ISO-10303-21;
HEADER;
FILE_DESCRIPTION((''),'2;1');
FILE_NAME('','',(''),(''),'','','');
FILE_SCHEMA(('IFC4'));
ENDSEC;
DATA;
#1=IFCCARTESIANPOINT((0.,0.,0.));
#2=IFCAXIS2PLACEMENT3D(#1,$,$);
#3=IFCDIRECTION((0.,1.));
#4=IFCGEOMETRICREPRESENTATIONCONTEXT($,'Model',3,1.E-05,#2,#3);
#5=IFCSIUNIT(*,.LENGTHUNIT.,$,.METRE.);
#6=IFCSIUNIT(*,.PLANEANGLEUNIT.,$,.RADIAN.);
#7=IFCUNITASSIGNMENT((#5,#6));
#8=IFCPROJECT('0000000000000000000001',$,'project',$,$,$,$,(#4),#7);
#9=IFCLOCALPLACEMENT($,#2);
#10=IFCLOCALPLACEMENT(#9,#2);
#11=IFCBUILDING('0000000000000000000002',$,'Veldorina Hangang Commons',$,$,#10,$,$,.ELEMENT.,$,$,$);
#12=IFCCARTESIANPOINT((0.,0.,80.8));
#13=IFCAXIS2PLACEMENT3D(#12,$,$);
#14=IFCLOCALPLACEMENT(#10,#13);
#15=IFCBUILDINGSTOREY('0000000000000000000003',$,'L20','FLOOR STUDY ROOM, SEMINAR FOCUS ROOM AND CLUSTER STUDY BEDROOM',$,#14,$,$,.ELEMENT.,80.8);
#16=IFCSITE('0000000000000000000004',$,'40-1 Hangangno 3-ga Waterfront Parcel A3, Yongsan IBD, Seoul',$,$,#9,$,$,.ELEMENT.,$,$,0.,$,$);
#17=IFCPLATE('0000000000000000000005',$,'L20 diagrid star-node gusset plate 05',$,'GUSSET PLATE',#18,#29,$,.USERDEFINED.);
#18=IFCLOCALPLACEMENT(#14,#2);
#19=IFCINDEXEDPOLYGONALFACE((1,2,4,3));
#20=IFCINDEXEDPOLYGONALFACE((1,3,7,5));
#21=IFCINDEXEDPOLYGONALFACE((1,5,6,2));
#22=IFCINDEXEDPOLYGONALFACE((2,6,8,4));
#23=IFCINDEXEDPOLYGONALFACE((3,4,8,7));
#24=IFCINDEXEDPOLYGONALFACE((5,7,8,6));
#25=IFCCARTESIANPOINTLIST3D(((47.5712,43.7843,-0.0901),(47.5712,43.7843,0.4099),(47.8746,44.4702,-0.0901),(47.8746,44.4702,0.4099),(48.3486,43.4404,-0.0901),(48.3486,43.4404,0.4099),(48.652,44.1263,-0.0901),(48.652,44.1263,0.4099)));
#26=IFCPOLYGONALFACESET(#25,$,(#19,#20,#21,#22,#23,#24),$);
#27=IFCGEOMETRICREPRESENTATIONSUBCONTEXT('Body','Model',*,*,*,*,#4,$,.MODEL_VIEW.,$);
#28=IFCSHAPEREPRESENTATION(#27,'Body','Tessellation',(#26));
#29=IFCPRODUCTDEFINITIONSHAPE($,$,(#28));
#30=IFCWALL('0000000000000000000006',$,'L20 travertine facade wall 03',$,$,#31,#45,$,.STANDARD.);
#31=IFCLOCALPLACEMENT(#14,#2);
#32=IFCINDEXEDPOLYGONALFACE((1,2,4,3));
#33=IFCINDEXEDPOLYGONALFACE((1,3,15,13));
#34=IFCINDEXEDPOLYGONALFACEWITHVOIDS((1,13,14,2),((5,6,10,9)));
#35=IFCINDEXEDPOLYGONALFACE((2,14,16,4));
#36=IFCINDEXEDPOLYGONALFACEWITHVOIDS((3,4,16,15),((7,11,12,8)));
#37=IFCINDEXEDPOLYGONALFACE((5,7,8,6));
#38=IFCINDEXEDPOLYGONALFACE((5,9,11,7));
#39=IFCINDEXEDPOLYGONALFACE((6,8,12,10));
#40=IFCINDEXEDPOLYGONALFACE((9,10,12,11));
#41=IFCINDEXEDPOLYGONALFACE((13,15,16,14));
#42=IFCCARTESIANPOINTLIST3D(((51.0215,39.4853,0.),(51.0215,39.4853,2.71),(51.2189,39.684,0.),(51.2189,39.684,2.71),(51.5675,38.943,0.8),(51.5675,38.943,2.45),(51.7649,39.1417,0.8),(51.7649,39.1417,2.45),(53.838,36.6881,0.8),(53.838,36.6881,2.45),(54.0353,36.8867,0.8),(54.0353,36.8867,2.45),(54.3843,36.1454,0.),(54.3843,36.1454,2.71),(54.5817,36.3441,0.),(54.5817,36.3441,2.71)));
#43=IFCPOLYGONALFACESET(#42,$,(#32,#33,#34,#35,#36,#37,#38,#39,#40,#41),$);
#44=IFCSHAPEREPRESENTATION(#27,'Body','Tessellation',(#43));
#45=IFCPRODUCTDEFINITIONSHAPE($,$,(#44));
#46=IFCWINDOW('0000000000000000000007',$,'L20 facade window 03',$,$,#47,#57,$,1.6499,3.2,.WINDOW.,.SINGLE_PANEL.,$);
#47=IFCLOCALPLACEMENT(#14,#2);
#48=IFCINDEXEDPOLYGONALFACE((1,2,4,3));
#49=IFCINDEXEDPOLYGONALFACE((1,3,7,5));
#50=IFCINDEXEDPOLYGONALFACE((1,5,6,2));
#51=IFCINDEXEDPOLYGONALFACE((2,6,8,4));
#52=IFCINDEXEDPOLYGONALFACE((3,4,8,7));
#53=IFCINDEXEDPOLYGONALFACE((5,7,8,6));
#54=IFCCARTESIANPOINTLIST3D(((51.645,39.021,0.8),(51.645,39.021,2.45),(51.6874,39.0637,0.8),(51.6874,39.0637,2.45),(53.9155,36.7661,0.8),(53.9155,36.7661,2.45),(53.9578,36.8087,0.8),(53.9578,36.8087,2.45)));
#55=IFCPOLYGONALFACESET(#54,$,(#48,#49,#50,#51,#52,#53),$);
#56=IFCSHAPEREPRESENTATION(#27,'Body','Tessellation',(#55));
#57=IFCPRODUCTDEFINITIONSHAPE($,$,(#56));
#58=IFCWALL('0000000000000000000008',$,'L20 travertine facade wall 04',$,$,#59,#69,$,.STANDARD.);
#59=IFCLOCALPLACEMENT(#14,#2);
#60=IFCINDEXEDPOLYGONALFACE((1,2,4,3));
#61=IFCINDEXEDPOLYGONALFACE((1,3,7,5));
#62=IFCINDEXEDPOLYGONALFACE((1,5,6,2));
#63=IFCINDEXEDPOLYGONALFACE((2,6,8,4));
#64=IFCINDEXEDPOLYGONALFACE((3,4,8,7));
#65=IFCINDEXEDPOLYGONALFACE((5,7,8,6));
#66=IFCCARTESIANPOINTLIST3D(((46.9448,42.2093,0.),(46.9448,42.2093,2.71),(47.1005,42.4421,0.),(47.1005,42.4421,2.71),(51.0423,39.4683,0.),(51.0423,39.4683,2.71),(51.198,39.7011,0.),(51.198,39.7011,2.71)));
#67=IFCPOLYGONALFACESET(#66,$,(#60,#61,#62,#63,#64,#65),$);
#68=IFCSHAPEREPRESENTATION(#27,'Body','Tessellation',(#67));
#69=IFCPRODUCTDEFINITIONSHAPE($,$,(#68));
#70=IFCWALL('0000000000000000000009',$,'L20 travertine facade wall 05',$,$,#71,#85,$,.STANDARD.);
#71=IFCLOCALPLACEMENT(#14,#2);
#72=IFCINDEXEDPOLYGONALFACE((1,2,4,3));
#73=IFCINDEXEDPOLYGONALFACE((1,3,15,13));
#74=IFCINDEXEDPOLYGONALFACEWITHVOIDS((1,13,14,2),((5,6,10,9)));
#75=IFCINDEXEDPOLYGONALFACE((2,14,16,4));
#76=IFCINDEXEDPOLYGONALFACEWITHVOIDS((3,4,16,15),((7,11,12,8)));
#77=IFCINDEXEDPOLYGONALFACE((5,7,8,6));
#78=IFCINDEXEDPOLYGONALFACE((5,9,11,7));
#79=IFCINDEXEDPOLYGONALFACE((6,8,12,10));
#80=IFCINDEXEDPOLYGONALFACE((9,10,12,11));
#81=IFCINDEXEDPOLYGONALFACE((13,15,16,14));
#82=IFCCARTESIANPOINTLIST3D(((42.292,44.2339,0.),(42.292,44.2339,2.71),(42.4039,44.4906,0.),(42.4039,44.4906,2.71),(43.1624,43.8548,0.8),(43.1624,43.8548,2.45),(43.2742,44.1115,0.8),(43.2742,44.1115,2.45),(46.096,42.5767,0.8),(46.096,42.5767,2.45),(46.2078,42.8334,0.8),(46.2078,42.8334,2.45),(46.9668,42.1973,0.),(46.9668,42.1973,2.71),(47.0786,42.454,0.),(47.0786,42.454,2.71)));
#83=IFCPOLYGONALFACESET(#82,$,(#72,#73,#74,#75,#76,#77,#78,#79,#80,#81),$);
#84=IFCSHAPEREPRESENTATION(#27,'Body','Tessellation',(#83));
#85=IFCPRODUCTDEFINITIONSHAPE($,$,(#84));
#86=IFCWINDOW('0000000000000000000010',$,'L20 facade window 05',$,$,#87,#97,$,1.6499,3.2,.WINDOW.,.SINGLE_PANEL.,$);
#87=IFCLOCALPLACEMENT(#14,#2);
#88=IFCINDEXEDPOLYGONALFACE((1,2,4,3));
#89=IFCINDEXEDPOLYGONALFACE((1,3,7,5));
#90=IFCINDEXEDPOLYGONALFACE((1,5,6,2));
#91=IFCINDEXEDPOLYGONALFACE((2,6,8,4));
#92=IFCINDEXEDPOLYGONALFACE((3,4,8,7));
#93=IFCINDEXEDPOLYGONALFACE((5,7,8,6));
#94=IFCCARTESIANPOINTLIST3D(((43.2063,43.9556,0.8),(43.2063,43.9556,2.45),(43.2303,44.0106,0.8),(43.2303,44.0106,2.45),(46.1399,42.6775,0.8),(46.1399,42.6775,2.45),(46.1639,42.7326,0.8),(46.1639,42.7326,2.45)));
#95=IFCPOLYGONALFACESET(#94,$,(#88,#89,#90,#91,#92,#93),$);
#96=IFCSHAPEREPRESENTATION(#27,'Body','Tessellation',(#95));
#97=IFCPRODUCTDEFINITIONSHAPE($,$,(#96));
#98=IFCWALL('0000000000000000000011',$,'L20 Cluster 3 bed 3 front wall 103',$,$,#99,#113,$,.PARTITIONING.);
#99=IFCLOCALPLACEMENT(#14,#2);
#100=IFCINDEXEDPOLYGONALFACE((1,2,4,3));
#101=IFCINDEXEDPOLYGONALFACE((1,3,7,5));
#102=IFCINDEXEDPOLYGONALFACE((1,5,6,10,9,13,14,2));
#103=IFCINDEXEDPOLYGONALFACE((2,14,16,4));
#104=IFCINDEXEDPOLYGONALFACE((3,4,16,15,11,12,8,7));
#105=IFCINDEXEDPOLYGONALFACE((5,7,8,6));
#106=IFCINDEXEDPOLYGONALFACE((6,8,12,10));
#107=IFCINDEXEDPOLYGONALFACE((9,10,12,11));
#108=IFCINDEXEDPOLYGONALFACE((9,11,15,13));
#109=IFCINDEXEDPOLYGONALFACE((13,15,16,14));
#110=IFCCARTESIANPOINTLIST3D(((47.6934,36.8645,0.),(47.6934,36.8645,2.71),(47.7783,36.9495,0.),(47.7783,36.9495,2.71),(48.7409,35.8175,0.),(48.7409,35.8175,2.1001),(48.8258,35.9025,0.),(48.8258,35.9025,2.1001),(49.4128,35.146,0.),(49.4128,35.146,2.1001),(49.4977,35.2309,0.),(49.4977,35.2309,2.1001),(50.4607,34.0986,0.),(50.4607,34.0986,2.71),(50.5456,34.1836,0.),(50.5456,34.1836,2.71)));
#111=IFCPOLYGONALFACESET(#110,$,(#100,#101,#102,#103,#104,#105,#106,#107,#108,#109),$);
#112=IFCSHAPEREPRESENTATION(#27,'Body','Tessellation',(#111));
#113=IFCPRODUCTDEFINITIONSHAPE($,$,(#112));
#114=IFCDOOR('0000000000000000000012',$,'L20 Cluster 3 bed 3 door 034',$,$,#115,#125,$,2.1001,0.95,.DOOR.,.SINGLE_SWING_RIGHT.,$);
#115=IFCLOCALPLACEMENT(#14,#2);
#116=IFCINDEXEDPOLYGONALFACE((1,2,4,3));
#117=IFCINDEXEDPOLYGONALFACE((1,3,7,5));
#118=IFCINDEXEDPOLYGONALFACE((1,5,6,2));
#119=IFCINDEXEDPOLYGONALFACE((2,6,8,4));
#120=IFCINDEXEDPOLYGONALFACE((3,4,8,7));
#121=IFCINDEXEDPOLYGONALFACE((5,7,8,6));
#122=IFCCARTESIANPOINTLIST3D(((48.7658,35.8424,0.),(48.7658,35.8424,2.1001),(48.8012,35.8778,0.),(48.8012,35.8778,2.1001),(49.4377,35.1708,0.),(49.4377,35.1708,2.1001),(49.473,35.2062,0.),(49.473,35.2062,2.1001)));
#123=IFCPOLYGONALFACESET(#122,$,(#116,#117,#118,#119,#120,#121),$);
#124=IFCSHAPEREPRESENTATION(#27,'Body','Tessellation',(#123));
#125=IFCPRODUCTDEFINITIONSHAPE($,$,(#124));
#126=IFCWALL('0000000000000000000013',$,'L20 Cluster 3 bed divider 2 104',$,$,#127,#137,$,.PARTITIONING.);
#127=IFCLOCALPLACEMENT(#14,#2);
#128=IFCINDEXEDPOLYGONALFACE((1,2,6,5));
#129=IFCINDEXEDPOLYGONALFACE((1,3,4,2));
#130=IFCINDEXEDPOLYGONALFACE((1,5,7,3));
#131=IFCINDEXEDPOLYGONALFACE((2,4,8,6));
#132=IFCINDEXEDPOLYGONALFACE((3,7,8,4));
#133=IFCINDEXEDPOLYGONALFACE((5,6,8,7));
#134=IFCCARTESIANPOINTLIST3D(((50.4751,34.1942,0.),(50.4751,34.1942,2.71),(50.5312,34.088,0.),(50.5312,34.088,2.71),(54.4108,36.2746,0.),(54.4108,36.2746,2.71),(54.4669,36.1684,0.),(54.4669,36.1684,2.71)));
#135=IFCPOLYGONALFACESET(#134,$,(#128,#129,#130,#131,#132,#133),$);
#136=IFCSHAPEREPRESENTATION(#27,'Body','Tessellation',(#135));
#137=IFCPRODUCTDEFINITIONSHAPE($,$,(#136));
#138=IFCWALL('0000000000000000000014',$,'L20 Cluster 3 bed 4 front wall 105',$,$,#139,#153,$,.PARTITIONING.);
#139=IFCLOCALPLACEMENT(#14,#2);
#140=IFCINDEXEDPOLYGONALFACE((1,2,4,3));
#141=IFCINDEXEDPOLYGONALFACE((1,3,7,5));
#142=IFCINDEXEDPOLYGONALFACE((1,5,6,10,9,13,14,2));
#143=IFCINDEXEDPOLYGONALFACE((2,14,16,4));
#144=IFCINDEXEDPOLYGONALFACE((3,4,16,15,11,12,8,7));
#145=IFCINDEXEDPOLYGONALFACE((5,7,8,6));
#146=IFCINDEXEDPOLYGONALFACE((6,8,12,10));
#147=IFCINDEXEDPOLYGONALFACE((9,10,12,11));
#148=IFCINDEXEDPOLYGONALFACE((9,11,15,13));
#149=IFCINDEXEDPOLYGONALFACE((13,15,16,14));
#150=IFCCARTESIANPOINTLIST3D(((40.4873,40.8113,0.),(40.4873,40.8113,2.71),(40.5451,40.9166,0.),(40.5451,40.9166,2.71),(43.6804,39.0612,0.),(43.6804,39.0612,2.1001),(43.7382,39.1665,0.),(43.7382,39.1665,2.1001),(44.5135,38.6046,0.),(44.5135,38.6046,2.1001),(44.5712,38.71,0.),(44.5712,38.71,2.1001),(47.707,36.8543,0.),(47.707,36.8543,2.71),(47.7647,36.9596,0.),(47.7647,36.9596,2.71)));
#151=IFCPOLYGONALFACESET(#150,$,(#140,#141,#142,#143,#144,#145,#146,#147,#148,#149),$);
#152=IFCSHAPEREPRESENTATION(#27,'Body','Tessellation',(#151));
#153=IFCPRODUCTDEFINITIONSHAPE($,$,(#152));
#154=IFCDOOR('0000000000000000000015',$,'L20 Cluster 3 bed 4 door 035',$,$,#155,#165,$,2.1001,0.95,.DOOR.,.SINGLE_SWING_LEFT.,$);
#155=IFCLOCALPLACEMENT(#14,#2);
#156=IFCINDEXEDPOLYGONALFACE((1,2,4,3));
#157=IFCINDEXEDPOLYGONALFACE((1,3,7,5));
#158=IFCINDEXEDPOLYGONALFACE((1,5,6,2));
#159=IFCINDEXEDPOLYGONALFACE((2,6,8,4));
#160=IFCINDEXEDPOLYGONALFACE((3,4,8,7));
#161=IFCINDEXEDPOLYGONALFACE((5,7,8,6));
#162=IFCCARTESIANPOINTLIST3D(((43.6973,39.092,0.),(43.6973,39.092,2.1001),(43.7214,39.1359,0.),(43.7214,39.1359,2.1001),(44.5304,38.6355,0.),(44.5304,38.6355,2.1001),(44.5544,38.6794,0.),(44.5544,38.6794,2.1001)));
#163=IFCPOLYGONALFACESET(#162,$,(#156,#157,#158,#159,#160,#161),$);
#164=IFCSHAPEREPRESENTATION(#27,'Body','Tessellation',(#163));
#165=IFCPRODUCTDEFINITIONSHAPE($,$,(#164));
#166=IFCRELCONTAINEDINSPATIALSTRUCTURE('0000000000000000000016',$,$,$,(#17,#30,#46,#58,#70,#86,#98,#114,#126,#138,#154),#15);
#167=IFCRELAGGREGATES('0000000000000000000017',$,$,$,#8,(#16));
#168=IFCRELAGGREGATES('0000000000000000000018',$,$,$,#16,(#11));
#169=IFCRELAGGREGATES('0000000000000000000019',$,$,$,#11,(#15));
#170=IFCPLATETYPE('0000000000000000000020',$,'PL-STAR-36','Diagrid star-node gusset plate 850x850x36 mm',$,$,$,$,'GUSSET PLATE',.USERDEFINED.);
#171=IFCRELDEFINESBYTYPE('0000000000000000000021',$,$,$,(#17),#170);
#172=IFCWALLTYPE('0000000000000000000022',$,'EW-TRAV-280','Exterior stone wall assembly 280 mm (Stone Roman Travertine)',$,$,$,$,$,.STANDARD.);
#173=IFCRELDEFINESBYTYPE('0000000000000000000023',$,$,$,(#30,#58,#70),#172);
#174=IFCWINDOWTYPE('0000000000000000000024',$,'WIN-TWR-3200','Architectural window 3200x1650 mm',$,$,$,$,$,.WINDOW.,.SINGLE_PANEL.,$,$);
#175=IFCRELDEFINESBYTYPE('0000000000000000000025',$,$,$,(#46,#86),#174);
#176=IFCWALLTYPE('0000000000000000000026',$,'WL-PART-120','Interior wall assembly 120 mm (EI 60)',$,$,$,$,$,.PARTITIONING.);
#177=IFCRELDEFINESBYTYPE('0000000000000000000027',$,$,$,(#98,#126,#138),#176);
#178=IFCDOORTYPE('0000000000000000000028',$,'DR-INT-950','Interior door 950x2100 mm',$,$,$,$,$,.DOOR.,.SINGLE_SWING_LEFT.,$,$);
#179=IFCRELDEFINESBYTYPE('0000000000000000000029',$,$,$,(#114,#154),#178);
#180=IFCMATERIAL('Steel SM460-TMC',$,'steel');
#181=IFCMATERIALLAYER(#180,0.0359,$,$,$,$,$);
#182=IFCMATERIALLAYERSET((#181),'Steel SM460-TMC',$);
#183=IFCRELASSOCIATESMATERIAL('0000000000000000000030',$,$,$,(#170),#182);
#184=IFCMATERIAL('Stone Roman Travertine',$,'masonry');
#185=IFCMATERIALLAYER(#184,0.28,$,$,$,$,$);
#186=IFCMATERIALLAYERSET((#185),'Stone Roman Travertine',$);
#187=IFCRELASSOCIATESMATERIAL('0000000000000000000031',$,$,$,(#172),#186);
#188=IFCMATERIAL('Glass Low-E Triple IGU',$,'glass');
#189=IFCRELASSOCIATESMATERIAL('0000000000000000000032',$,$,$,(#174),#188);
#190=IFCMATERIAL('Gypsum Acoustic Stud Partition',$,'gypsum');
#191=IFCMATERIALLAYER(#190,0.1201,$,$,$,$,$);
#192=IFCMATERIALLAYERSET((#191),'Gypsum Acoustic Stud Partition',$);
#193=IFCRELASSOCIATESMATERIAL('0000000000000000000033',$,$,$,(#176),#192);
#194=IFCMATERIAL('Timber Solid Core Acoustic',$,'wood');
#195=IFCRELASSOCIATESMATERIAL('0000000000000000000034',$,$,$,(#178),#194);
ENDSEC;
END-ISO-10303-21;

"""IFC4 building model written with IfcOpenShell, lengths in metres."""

from ifc_helpers import new_model, si_unit, direction, frame, frame_2d, origin, origin_2d, place, context, subcontext, project, spatial, rectangle, extrude, material, layer, layer_set, type_object, element, fill, save


model = new_model("IFC4")

# Units and contexts
model_context = context("Model", 3, precision=1e-05, world=origin(), true_north=direction((0.0, 1.0)))
body_context = subcontext(model_context, "Body", "Model", "MODEL_VIEW")
ifc_project = project(units=[si_unit("LENGTHUNIT", "METRE"), si_unit("PLANEANGLEUNIT", "RADIAN")], contexts=[model_context])

# Site, building, storey
site_placement = place(None, origin())
site = spatial("IfcSite", under=ifc_project, at=site_placement, Name="40-1 Hangangno 3-ga Waterfront Parcel A3, Yongsan IBD, Seoul", CompositionType="ELEMENT", RefElevation=0.0)
building_placement = place(site_placement, origin())
building = spatial("IfcBuilding", under=site, at=building_placement, Name="Veldorina Hangang Commons", CompositionType="ELEMENT")
storey_placement = place(building_placement, frame((0.0, 0.0, 80.8)))
storey = spatial("IfcBuildingStorey", under=building, at=storey_placement, Name="L20", Description="FLOOR STUDY ROOM, SEMINAR FOCUS ROOM AND CLUSTER STUDY BEDROOM", CompositionType="ELEMENT", Elevation=80.8)

# Shared definitions
ifc_material_1 = material(Name="Steel SM460-TMC", Category="steel")

# Plate
ifc_layer_1 = layer(ifc_material_1, 0.0359)
ifc_layer_set_1 = layer_set([ifc_layer_1], Name="Steel SM460-TMC")
plate_type = type_object("IfcPlateType", Name="PL-STAR-36", Description="Diagrid star-node gusset plate 850x850x36 mm", ElementType="GUSSET PLATE", PredefinedType="USERDEFINED", material=ifc_layer_set_1)
plate_1_placement = place(storey_placement, frame((48.1116, 43.9553, -0.0901), z_axis=(0.0, 0.0, 1.0), x_axis=(-0.914522, 0.404535, 0.0)))
element("IfcPlate", 1, at=plate_1_placement, inside=storey, type_object=plate_type, Name="L20 diagrid star-node gusset plate 05", ObjectType="GUSSET PLATE", PredefinedType="USERDEFINED", context=body_context, shape_type="SweptSolid", body=[
    extrude(rectangle(XDim=0.8501, YDim=0.75, at=origin_2d()), origin(), (0.0, 0.0, 1.0), 0.5),
])

# Wall, opening, window
ifc_material_2 = material(Name="Stone Roman Travertine", Category="masonry")
ifc_layer_2 = layer(ifc_material_2, 0.28)
ifc_layer_set_2 = layer_set([ifc_layer_2], Name="Stone Roman Travertine")
wall_type_1 = type_object("IfcWallType", Name="EW-TRAV-280", Description="Exterior stone wall assembly 280 mm (Stone Roman Travertine)", PredefinedType="STANDARD", material=ifc_layer_set_2)
wall_1_placement = place(storey_placement, frame((54.4829, 36.2449, 0.0), z_axis=(0.0, 0.0, 1.0), x_axis=(-0.709524, 0.704682, 0.0)))
wall_1 = element("IfcWall", 2, at=wall_1_placement, inside=storey, type_object=wall_type_1, Name="L20 travertine facade wall 03", PredefinedType="STANDARD", context=body_context, shape_type="SweptSolid", body=[
    extrude(rectangle(XDim=4.7395, YDim=0.28, at=frame_2d((2.3696, 0.0))), origin(), (0.0, 0.0, 1.0), 2.71),
])
opening_1_placement = place(wall_1_placement, frame((0.7698, 0.0, 0.8)))
opening_1 = element("IfcOpeningElement", 3, at=opening_1_placement, cuts=wall_1, PredefinedType="OPENING", context=body_context, shape_type="SweptSolid", body=[
    extrude(rectangle(XDim=3.2, YDim=1.6499, at=frame_2d((1.6001, 0.825))), frame((0.0, 0.1499, 0.0), z_axis=(0.0, -1.0, 0.0), x_axis=(1.0, 0.0, 0.0)), (0.0, 0.0, 1.0), 0.3),
])
ifc_material_3 = material(Name="Glass Low-E Triple IGU", Category="glass")
window_type = type_object("IfcWindowType", Name="WIN-TWR-3200", Description="Architectural window 3200x1650 mm", PartitioningType="SINGLE_PANEL", PredefinedType="WINDOW", material=ifc_material_3)
window_1_placement = place(opening_1_placement, origin())
window_1 = element("IfcWindow", 4, at=window_1_placement, inside=storey, type_object=window_type, Name="L20 facade window 03", OverallHeight=1.6499, OverallWidth=3.2, PartitioningType="SINGLE_PANEL", PredefinedType="WINDOW", context=body_context, shape_type="SweptSolid", body=[
    extrude(rectangle(XDim=3.2, YDim=1.6499, at=frame_2d((1.6001, 0.825))), frame((0.0, 0.03, 0.0), z_axis=(0.0, -1.0, 0.0), x_axis=(1.0, 0.0, 0.0)), (0.0, 0.0, 1.0), 0.0601),
])
fill(opening_1, window_1)

# Wall
wall_2_placement = place(storey_placement, frame((51.1201, 39.5847, 0.0), z_axis=(0.0, 0.0, 1.0), x_axis=(-0.831173, 0.556014, 0.0)))
element("IfcWall", 5, at=wall_2_placement, inside=storey, type_object=wall_type_1, Name="L20 travertine facade wall 04", PredefinedType="STANDARD", context=body_context, shape_type="SweptSolid", body=[
    extrude(rectangle(XDim=4.9297, YDim=0.28, at=frame_2d((2.4648, 0.0))), origin(), (0.0, 0.0, 1.0), 2.71),
])

# Wall, opening, window
wall_3_placement = place(storey_placement, frame((47.0227, 42.3257, 0.0), z_axis=(0.0, 0.0, 1.0), x_axis=(-0.916776, 0.399402, 0.0)))
wall_3 = element("IfcWall", 6, at=wall_3_placement, inside=storey, type_object=wall_type_1, Name="L20 travertine facade wall 05", PredefinedType="STANDARD", context=body_context, shape_type="SweptSolid", body=[
    extrude(rectangle(XDim=5.0991, YDim=0.28, at=frame_2d((2.5496, 0.0))), origin(), (0.0, 0.0, 1.0), 2.71),
])
opening_2_placement = place(wall_3_placement, frame((0.9497, 0.0, 0.8)))
opening_2 = element("IfcOpeningElement", 7, at=opening_2_placement, cuts=wall_3, PredefinedType="OPENING", context=body_context, shape_type="SweptSolid", body=[
    extrude(rectangle(XDim=3.2, YDim=1.6499, at=frame_2d((1.6001, 0.825))), frame((0.0, 0.1499, 0.0), z_axis=(0.0, -1.0, 0.0), x_axis=(1.0, 0.0, 0.0)), (0.0, 0.0, 1.0), 0.3),
])
window_2_placement = place(opening_2_placement, origin())
window_2 = element("IfcWindow", 8, at=window_2_placement, inside=storey, type_object=window_type, Name="L20 facade window 05", OverallHeight=1.6499, OverallWidth=3.2, PartitioningType="SINGLE_PANEL", PredefinedType="WINDOW", context=body_context, shape_type="SweptSolid", body=[
    extrude(rectangle(XDim=3.2, YDim=1.6499, at=frame_2d((1.6001, 0.825))), frame((0.0, 0.03, 0.0), z_axis=(0.0, -1.0, 0.0), x_axis=(1.0, 0.0, 0.0)), (0.0, 0.0, 1.0), 0.0601),
])
fill(opening_2, window_2)

# Wall, opening, door
ifc_material_4 = material(Name="Gypsum Acoustic Stud Partition", Category="gypsum")
ifc_layer_3 = layer(ifc_material_4, 0.1201)
ifc_layer_set_3 = layer_set([ifc_layer_3], Name="Gypsum Acoustic Stud Partition")
wall_type_2 = type_object("IfcWallType", Name="WL-PART-120", Description="Interior wall assembly 120 mm (EI 60)", PredefinedType="PARTITIONING", material=ifc_layer_set_3)
wall_4_placement = place(storey_placement, frame((50.5032, 34.1411, 0.0), z_axis=(0.0, 0.0, 1.0), x_axis=(-0.707294, 0.70692, 0.0)))
wall_4 = element("IfcWall", 9, at=wall_4_placement, inside=storey, type_object=wall_type_2, Name="L20 Cluster 3 bed 3 front wall 103", PredefinedType="PARTITIONING", context=body_context, shape_type="SweptSolid", body=[
    extrude(rectangle(XDim=3.9126, YDim=0.1201, at=frame_2d((1.9563, 0.0))), origin(), (0.0, 0.0, 1.0), 2.71),
])
opening_3_placement = place(wall_4_placement, frame((1.4814, 0.0, 0.0)))
opening_3 = element("IfcOpeningElement", 10, at=opening_3_placement, cuts=wall_4, PredefinedType="OPENING", context=body_context, shape_type="SweptSolid", body=[
    extrude(rectangle(XDim=0.95, YDim=2.1001, at=frame_2d((0.4751, 1.05))), frame((0.0, 0.0701, 0.0), z_axis=(0.0, -1.0, 0.0), x_axis=(1.0, 0.0, 0.0)), (0.0, 0.0, 1.0), 0.1401),
])
ifc_material_5 = material(Name="Timber Solid Core Acoustic", Category="wood")
door_type = type_object("IfcDoorType", Name="DR-INT-950", Description="Interior door 950x2100 mm", OperationType="SINGLE_SWING_LEFT", PredefinedType="DOOR", material=ifc_material_5)
door_1_placement = place(opening_3_placement, origin())
door_1 = element("IfcDoor", 11, at=door_1_placement, inside=storey, type_object=door_type, Name="L20 Cluster 3 bed 3 door 034", OperationType="SINGLE_SWING_RIGHT", OverallHeight=2.1001, OverallWidth=0.95, PredefinedType="DOOR", context=body_context, shape_type="SweptSolid", body=[
    extrude(rectangle(XDim=0.95, YDim=2.1001, at=frame_2d((0.4751, 1.05))), frame((0.0, 0.0249, 0.0), z_axis=(0.0, -1.0, 0.0), x_axis=(1.0, 0.0, 0.0)), (0.0, 0.0, 1.0), 0.05),
])
fill(opening_3, door_1)

# Wall
wall_5_placement = place(storey_placement, frame((50.5032, 34.1411, 0.0), z_axis=(0.0, 0.0, 1.0), x_axis=(0.884085, 0.467326, 0.0)))
element("IfcWall", 12, at=wall_5_placement, inside=storey, type_object=wall_type_2, Name="L20 Cluster 3 bed divider 2 104", PredefinedType="PARTITIONING", context=body_context, shape_type="SweptSolid", body=[
    extrude(rectangle(XDim=4.4517, YDim=0.1201, at=frame_2d((2.2258, 0.0))), origin(), (0.0, 0.0, 1.0), 2.71),
])

# Wall, opening, door
wall_6_placement = place(storey_placement, frame((47.7358, 36.907, 0.0), z_axis=(0.0, 0.0, 1.0), x_axis=(-0.876924, 0.48063, 0.0)))
wall_6 = element("IfcWall", 13, at=wall_6_placement, inside=storey, type_object=wall_type_2, Name="L20 Cluster 3 bed 4 front wall 105", PredefinedType="PARTITIONING", context=body_context, shape_type="SweptSolid", body=[
    extrude(rectangle(XDim=8.2329, YDim=0.1201, at=frame_2d((4.1165, 0.0))), origin(), (0.0, 0.0, 1.0), 2.71),
])
opening_4_placement = place(wall_6_placement, frame((3.6416, 0.0, 0.0)))
opening_4 = element("IfcOpeningElement", 14, at=opening_4_placement, cuts=wall_6, PredefinedType="OPENING", context=body_context, shape_type="SweptSolid", body=[
    extrude(rectangle(XDim=0.95, YDim=2.1001, at=frame_2d((0.4751, 1.05))), frame((0.0, 0.0701, 0.0), z_axis=(0.0, -1.0, 0.0), x_axis=(1.0, 0.0, 0.0)), (0.0, 0.0, 1.0), 0.1401),
])
door_2_placement = place(opening_4_placement, origin())
door_2 = element("IfcDoor", 15, at=door_2_placement, inside=storey, type_object=door_type, Name="L20 Cluster 3 bed 4 door 035", OperationType="SINGLE_SWING_LEFT", OverallHeight=2.1001, OverallWidth=0.95, PredefinedType="DOOR", context=body_context, shape_type="SweptSolid", body=[
    extrude(rectangle(XDim=0.95, YDim=2.1001, at=frame_2d((0.4751, 1.05))), frame((0.0, 0.0249, 0.0), z_axis=(0.0, -1.0, 0.0), x_axis=(1.0, 0.0, 0.0)), (0.0, 0.0, 1.0), 0.05),
])
fill(opening_4, door_2)

save(model, "model.ifc")
